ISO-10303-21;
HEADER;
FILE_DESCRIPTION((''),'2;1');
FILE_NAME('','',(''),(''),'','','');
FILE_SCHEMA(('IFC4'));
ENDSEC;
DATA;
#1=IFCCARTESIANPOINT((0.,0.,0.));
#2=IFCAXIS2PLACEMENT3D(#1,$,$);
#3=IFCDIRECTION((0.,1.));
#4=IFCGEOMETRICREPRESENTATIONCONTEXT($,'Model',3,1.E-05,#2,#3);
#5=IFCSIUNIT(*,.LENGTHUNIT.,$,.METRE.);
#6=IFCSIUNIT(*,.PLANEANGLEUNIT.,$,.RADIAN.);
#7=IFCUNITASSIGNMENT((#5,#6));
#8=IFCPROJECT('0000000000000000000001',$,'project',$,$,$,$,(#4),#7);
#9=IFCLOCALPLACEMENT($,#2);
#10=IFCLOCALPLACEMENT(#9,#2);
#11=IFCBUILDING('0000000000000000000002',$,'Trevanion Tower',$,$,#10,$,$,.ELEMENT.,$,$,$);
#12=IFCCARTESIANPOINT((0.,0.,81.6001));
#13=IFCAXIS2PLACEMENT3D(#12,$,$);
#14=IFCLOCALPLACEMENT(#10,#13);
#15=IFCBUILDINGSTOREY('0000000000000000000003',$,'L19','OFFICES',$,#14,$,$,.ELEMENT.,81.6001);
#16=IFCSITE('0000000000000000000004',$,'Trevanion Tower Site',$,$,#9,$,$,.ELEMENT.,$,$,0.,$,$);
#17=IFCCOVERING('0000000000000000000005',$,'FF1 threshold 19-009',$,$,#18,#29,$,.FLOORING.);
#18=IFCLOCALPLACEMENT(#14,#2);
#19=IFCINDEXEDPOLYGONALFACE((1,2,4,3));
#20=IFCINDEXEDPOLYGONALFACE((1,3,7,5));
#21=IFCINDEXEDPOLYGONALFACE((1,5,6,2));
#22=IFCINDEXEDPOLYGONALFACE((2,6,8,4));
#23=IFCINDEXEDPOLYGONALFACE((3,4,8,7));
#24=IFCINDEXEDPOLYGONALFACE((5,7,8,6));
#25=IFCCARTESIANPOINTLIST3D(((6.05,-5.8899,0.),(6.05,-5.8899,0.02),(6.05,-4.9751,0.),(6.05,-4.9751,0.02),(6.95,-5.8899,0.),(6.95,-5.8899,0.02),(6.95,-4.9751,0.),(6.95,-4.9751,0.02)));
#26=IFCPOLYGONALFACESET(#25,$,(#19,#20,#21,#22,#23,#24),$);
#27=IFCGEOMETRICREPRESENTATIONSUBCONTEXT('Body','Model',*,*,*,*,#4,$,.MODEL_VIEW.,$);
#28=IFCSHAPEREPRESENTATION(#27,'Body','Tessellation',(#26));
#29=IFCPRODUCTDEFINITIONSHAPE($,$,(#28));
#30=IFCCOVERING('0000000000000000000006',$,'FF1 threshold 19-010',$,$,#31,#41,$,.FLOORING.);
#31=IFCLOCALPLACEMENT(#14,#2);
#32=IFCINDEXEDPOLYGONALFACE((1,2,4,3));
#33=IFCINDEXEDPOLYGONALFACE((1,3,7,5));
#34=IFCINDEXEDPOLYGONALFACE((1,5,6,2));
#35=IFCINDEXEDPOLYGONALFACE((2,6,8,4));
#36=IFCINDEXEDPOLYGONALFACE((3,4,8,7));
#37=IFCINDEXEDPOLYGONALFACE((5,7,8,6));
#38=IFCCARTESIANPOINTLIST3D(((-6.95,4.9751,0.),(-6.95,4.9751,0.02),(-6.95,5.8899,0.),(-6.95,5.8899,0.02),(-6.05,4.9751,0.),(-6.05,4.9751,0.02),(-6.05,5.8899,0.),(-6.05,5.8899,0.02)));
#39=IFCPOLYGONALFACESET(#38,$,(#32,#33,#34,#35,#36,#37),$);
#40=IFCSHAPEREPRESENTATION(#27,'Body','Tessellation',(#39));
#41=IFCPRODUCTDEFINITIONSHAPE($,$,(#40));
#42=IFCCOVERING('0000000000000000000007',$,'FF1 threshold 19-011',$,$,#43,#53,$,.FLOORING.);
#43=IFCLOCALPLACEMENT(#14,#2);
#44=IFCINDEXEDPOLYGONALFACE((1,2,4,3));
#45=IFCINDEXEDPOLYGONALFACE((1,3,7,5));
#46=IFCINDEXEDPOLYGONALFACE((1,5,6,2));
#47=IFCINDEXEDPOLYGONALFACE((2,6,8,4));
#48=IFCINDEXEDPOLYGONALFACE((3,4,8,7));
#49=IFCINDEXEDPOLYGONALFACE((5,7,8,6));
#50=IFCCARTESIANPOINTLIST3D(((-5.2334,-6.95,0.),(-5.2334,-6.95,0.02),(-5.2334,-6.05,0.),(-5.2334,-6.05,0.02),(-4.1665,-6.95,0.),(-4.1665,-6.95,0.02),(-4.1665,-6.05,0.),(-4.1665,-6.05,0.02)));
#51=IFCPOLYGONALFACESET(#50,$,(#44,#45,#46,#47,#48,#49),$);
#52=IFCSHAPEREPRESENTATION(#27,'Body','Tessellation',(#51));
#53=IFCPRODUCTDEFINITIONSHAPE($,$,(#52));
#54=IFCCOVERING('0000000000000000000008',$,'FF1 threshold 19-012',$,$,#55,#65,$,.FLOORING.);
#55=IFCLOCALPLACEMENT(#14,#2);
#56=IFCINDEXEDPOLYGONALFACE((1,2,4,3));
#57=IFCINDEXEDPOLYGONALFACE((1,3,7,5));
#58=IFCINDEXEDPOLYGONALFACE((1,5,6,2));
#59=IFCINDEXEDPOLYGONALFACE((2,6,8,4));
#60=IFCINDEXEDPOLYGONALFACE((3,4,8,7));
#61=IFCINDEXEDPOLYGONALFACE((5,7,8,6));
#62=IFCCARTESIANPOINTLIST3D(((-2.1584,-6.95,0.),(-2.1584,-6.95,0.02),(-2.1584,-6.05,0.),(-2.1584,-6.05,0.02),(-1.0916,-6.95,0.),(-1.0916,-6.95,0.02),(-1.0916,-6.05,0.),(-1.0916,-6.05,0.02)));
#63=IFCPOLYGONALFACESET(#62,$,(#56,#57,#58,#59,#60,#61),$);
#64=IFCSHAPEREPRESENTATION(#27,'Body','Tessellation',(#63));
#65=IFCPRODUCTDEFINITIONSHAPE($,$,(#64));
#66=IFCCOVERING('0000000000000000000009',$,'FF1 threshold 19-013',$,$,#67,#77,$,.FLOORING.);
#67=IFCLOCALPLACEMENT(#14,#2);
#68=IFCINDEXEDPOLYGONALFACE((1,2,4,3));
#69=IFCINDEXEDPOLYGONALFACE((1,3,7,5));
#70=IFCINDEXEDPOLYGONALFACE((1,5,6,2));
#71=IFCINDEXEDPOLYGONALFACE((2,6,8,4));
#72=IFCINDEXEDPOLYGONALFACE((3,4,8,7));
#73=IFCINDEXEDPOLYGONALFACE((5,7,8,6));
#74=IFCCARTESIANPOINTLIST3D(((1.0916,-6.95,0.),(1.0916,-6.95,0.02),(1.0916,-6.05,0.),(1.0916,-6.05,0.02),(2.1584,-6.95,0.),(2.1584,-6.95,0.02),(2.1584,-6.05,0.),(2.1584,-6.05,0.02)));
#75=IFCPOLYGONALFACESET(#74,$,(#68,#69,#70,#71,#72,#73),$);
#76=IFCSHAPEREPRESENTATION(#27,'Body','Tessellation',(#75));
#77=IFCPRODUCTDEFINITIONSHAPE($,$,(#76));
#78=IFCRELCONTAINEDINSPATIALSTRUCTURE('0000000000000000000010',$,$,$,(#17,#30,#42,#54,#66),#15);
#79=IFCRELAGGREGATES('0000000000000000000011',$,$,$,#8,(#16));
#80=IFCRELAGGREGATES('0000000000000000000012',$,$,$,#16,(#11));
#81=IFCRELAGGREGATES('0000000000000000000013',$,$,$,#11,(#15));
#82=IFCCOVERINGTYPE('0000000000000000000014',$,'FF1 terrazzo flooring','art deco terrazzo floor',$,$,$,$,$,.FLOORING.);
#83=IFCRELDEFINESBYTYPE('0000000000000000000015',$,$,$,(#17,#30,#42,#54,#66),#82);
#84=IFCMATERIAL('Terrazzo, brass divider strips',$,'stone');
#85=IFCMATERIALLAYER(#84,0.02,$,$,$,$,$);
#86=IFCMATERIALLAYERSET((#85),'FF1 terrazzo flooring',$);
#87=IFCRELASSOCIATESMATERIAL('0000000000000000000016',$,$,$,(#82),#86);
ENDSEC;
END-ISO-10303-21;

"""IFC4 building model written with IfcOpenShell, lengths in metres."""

from ifc_helpers import new_model, si_unit, direction, frame, origin, place, context, subcontext, project, spatial, polyline, outline, extrude, material, layer, layer_set, type_object, element, save


model = new_model("IFC4")

# Units and contexts
model_context = context("Model", 3, precision=1e-05, world=origin(), true_north=direction((0.0, 1.0)))
body_context = subcontext(model_context, "Body", "Model", "MODEL_VIEW")
ifc_project = project(units=[si_unit("LENGTHUNIT", "METRE"), si_unit("PLANEANGLEUNIT", "RADIAN")], contexts=[model_context])

# Site, building, storey
site_placement = place(None, origin())
site = spatial("IfcSite", under=ifc_project, at=site_placement, Name="Trevanion Tower Site", CompositionType="ELEMENT", RefElevation=0.0)
building_placement = place(site_placement, origin())
building = spatial("IfcBuilding", under=site, at=building_placement, Name="Trevanion Tower", CompositionType="ELEMENT")
storey_placement = place(building_placement, frame((0.0, 0.0, 81.6001)))
storey = spatial("IfcBuildingStorey", under=building, at=storey_placement, Name="L19", Description="OFFICES", CompositionType="ELEMENT", Elevation=81.6001)

# Coverings
ifc_material_1 = material(Name="Terrazzo, brass divider strips", Category="stone")
ifc_layer_1 = layer(ifc_material_1, 0.02)
ifc_layer_set_1 = layer_set([ifc_layer_1], Name="FF1 terrazzo flooring")
covering_type = type_object("IfcCoveringType", Name="FF1 terrazzo flooring", Description="art deco terrazzo floor", PredefinedType="FLOORING", material=ifc_layer_set_1)
covering_1_placement = place(storey_placement, origin())
element("IfcCovering", 1, at=covering_1_placement, inside=storey, type_object=covering_type, Name="FF1 threshold 19-009", PredefinedType="FLOORING", context=body_context, shape_type="SweptSolid", body=[
    extrude(outline(polyline([(6.95, -5.8899), (6.95, -4.9751), (6.05, -4.9751), (6.05, -5.8899), (6.95, -5.8899)])), origin(), (0.0, 0.0, 1.0), 0.02),
])
covering_2_placement = place(storey_placement, origin())
element("IfcCovering", 2, at=covering_2_placement, inside=storey, type_object=covering_type, Name="FF1 threshold 19-010", PredefinedType="FLOORING", context=body_context, shape_type="SweptSolid", body=[
    extrude(outline(polyline([(-6.95, 5.8899), (-6.95, 4.9751), (-6.05, 4.9751), (-6.05, 5.8899), (-6.95, 5.8899)])), origin(), (0.0, 0.0, 1.0), 0.02),
])
covering_3_placement = place(storey_placement, origin())
element("IfcCovering", 3, at=covering_3_placement, inside=storey, type_object=covering_type, Name="FF1 threshold 19-011", PredefinedType="FLOORING", context=body_context, shape_type="SweptSolid", body=[
    extrude(outline(polyline([(-5.2334, -6.95), (-4.1665, -6.95), (-4.1665, -6.05), (-5.2334, -6.05), (-5.2334, -6.95)])), origin(), (0.0, 0.0, 1.0), 0.02),
])
covering_4_placement = place(storey_placement, origin())
element("IfcCovering", 4, at=covering_4_placement, inside=storey, type_object=covering_type, Name="FF1 threshold 19-012", PredefinedType="FLOORING", context=body_context, shape_type="SweptSolid", body=[
    extrude(outline(polyline([(-2.1584, -6.95), (-1.0916, -6.95), (-1.0916, -6.05), (-2.1584, -6.05), (-2.1584, -6.95)])), origin(), (0.0, 0.0, 1.0), 0.02),
])
covering_5_placement = place(storey_placement, origin())
element("IfcCovering", 5, at=covering_5_placement, inside=storey, type_object=covering_type, Name="FF1 threshold 19-013", PredefinedType="FLOORING", context=body_context, shape_type="SweptSolid", body=[
    extrude(outline(polyline([(1.0916, -6.95), (2.1584, -6.95), (2.1584, -6.05), (1.0916, -6.05), (1.0916, -6.95)])), origin(), (0.0, 0.0, 1.0), 0.02),
])

save(model, "model.ifc")
